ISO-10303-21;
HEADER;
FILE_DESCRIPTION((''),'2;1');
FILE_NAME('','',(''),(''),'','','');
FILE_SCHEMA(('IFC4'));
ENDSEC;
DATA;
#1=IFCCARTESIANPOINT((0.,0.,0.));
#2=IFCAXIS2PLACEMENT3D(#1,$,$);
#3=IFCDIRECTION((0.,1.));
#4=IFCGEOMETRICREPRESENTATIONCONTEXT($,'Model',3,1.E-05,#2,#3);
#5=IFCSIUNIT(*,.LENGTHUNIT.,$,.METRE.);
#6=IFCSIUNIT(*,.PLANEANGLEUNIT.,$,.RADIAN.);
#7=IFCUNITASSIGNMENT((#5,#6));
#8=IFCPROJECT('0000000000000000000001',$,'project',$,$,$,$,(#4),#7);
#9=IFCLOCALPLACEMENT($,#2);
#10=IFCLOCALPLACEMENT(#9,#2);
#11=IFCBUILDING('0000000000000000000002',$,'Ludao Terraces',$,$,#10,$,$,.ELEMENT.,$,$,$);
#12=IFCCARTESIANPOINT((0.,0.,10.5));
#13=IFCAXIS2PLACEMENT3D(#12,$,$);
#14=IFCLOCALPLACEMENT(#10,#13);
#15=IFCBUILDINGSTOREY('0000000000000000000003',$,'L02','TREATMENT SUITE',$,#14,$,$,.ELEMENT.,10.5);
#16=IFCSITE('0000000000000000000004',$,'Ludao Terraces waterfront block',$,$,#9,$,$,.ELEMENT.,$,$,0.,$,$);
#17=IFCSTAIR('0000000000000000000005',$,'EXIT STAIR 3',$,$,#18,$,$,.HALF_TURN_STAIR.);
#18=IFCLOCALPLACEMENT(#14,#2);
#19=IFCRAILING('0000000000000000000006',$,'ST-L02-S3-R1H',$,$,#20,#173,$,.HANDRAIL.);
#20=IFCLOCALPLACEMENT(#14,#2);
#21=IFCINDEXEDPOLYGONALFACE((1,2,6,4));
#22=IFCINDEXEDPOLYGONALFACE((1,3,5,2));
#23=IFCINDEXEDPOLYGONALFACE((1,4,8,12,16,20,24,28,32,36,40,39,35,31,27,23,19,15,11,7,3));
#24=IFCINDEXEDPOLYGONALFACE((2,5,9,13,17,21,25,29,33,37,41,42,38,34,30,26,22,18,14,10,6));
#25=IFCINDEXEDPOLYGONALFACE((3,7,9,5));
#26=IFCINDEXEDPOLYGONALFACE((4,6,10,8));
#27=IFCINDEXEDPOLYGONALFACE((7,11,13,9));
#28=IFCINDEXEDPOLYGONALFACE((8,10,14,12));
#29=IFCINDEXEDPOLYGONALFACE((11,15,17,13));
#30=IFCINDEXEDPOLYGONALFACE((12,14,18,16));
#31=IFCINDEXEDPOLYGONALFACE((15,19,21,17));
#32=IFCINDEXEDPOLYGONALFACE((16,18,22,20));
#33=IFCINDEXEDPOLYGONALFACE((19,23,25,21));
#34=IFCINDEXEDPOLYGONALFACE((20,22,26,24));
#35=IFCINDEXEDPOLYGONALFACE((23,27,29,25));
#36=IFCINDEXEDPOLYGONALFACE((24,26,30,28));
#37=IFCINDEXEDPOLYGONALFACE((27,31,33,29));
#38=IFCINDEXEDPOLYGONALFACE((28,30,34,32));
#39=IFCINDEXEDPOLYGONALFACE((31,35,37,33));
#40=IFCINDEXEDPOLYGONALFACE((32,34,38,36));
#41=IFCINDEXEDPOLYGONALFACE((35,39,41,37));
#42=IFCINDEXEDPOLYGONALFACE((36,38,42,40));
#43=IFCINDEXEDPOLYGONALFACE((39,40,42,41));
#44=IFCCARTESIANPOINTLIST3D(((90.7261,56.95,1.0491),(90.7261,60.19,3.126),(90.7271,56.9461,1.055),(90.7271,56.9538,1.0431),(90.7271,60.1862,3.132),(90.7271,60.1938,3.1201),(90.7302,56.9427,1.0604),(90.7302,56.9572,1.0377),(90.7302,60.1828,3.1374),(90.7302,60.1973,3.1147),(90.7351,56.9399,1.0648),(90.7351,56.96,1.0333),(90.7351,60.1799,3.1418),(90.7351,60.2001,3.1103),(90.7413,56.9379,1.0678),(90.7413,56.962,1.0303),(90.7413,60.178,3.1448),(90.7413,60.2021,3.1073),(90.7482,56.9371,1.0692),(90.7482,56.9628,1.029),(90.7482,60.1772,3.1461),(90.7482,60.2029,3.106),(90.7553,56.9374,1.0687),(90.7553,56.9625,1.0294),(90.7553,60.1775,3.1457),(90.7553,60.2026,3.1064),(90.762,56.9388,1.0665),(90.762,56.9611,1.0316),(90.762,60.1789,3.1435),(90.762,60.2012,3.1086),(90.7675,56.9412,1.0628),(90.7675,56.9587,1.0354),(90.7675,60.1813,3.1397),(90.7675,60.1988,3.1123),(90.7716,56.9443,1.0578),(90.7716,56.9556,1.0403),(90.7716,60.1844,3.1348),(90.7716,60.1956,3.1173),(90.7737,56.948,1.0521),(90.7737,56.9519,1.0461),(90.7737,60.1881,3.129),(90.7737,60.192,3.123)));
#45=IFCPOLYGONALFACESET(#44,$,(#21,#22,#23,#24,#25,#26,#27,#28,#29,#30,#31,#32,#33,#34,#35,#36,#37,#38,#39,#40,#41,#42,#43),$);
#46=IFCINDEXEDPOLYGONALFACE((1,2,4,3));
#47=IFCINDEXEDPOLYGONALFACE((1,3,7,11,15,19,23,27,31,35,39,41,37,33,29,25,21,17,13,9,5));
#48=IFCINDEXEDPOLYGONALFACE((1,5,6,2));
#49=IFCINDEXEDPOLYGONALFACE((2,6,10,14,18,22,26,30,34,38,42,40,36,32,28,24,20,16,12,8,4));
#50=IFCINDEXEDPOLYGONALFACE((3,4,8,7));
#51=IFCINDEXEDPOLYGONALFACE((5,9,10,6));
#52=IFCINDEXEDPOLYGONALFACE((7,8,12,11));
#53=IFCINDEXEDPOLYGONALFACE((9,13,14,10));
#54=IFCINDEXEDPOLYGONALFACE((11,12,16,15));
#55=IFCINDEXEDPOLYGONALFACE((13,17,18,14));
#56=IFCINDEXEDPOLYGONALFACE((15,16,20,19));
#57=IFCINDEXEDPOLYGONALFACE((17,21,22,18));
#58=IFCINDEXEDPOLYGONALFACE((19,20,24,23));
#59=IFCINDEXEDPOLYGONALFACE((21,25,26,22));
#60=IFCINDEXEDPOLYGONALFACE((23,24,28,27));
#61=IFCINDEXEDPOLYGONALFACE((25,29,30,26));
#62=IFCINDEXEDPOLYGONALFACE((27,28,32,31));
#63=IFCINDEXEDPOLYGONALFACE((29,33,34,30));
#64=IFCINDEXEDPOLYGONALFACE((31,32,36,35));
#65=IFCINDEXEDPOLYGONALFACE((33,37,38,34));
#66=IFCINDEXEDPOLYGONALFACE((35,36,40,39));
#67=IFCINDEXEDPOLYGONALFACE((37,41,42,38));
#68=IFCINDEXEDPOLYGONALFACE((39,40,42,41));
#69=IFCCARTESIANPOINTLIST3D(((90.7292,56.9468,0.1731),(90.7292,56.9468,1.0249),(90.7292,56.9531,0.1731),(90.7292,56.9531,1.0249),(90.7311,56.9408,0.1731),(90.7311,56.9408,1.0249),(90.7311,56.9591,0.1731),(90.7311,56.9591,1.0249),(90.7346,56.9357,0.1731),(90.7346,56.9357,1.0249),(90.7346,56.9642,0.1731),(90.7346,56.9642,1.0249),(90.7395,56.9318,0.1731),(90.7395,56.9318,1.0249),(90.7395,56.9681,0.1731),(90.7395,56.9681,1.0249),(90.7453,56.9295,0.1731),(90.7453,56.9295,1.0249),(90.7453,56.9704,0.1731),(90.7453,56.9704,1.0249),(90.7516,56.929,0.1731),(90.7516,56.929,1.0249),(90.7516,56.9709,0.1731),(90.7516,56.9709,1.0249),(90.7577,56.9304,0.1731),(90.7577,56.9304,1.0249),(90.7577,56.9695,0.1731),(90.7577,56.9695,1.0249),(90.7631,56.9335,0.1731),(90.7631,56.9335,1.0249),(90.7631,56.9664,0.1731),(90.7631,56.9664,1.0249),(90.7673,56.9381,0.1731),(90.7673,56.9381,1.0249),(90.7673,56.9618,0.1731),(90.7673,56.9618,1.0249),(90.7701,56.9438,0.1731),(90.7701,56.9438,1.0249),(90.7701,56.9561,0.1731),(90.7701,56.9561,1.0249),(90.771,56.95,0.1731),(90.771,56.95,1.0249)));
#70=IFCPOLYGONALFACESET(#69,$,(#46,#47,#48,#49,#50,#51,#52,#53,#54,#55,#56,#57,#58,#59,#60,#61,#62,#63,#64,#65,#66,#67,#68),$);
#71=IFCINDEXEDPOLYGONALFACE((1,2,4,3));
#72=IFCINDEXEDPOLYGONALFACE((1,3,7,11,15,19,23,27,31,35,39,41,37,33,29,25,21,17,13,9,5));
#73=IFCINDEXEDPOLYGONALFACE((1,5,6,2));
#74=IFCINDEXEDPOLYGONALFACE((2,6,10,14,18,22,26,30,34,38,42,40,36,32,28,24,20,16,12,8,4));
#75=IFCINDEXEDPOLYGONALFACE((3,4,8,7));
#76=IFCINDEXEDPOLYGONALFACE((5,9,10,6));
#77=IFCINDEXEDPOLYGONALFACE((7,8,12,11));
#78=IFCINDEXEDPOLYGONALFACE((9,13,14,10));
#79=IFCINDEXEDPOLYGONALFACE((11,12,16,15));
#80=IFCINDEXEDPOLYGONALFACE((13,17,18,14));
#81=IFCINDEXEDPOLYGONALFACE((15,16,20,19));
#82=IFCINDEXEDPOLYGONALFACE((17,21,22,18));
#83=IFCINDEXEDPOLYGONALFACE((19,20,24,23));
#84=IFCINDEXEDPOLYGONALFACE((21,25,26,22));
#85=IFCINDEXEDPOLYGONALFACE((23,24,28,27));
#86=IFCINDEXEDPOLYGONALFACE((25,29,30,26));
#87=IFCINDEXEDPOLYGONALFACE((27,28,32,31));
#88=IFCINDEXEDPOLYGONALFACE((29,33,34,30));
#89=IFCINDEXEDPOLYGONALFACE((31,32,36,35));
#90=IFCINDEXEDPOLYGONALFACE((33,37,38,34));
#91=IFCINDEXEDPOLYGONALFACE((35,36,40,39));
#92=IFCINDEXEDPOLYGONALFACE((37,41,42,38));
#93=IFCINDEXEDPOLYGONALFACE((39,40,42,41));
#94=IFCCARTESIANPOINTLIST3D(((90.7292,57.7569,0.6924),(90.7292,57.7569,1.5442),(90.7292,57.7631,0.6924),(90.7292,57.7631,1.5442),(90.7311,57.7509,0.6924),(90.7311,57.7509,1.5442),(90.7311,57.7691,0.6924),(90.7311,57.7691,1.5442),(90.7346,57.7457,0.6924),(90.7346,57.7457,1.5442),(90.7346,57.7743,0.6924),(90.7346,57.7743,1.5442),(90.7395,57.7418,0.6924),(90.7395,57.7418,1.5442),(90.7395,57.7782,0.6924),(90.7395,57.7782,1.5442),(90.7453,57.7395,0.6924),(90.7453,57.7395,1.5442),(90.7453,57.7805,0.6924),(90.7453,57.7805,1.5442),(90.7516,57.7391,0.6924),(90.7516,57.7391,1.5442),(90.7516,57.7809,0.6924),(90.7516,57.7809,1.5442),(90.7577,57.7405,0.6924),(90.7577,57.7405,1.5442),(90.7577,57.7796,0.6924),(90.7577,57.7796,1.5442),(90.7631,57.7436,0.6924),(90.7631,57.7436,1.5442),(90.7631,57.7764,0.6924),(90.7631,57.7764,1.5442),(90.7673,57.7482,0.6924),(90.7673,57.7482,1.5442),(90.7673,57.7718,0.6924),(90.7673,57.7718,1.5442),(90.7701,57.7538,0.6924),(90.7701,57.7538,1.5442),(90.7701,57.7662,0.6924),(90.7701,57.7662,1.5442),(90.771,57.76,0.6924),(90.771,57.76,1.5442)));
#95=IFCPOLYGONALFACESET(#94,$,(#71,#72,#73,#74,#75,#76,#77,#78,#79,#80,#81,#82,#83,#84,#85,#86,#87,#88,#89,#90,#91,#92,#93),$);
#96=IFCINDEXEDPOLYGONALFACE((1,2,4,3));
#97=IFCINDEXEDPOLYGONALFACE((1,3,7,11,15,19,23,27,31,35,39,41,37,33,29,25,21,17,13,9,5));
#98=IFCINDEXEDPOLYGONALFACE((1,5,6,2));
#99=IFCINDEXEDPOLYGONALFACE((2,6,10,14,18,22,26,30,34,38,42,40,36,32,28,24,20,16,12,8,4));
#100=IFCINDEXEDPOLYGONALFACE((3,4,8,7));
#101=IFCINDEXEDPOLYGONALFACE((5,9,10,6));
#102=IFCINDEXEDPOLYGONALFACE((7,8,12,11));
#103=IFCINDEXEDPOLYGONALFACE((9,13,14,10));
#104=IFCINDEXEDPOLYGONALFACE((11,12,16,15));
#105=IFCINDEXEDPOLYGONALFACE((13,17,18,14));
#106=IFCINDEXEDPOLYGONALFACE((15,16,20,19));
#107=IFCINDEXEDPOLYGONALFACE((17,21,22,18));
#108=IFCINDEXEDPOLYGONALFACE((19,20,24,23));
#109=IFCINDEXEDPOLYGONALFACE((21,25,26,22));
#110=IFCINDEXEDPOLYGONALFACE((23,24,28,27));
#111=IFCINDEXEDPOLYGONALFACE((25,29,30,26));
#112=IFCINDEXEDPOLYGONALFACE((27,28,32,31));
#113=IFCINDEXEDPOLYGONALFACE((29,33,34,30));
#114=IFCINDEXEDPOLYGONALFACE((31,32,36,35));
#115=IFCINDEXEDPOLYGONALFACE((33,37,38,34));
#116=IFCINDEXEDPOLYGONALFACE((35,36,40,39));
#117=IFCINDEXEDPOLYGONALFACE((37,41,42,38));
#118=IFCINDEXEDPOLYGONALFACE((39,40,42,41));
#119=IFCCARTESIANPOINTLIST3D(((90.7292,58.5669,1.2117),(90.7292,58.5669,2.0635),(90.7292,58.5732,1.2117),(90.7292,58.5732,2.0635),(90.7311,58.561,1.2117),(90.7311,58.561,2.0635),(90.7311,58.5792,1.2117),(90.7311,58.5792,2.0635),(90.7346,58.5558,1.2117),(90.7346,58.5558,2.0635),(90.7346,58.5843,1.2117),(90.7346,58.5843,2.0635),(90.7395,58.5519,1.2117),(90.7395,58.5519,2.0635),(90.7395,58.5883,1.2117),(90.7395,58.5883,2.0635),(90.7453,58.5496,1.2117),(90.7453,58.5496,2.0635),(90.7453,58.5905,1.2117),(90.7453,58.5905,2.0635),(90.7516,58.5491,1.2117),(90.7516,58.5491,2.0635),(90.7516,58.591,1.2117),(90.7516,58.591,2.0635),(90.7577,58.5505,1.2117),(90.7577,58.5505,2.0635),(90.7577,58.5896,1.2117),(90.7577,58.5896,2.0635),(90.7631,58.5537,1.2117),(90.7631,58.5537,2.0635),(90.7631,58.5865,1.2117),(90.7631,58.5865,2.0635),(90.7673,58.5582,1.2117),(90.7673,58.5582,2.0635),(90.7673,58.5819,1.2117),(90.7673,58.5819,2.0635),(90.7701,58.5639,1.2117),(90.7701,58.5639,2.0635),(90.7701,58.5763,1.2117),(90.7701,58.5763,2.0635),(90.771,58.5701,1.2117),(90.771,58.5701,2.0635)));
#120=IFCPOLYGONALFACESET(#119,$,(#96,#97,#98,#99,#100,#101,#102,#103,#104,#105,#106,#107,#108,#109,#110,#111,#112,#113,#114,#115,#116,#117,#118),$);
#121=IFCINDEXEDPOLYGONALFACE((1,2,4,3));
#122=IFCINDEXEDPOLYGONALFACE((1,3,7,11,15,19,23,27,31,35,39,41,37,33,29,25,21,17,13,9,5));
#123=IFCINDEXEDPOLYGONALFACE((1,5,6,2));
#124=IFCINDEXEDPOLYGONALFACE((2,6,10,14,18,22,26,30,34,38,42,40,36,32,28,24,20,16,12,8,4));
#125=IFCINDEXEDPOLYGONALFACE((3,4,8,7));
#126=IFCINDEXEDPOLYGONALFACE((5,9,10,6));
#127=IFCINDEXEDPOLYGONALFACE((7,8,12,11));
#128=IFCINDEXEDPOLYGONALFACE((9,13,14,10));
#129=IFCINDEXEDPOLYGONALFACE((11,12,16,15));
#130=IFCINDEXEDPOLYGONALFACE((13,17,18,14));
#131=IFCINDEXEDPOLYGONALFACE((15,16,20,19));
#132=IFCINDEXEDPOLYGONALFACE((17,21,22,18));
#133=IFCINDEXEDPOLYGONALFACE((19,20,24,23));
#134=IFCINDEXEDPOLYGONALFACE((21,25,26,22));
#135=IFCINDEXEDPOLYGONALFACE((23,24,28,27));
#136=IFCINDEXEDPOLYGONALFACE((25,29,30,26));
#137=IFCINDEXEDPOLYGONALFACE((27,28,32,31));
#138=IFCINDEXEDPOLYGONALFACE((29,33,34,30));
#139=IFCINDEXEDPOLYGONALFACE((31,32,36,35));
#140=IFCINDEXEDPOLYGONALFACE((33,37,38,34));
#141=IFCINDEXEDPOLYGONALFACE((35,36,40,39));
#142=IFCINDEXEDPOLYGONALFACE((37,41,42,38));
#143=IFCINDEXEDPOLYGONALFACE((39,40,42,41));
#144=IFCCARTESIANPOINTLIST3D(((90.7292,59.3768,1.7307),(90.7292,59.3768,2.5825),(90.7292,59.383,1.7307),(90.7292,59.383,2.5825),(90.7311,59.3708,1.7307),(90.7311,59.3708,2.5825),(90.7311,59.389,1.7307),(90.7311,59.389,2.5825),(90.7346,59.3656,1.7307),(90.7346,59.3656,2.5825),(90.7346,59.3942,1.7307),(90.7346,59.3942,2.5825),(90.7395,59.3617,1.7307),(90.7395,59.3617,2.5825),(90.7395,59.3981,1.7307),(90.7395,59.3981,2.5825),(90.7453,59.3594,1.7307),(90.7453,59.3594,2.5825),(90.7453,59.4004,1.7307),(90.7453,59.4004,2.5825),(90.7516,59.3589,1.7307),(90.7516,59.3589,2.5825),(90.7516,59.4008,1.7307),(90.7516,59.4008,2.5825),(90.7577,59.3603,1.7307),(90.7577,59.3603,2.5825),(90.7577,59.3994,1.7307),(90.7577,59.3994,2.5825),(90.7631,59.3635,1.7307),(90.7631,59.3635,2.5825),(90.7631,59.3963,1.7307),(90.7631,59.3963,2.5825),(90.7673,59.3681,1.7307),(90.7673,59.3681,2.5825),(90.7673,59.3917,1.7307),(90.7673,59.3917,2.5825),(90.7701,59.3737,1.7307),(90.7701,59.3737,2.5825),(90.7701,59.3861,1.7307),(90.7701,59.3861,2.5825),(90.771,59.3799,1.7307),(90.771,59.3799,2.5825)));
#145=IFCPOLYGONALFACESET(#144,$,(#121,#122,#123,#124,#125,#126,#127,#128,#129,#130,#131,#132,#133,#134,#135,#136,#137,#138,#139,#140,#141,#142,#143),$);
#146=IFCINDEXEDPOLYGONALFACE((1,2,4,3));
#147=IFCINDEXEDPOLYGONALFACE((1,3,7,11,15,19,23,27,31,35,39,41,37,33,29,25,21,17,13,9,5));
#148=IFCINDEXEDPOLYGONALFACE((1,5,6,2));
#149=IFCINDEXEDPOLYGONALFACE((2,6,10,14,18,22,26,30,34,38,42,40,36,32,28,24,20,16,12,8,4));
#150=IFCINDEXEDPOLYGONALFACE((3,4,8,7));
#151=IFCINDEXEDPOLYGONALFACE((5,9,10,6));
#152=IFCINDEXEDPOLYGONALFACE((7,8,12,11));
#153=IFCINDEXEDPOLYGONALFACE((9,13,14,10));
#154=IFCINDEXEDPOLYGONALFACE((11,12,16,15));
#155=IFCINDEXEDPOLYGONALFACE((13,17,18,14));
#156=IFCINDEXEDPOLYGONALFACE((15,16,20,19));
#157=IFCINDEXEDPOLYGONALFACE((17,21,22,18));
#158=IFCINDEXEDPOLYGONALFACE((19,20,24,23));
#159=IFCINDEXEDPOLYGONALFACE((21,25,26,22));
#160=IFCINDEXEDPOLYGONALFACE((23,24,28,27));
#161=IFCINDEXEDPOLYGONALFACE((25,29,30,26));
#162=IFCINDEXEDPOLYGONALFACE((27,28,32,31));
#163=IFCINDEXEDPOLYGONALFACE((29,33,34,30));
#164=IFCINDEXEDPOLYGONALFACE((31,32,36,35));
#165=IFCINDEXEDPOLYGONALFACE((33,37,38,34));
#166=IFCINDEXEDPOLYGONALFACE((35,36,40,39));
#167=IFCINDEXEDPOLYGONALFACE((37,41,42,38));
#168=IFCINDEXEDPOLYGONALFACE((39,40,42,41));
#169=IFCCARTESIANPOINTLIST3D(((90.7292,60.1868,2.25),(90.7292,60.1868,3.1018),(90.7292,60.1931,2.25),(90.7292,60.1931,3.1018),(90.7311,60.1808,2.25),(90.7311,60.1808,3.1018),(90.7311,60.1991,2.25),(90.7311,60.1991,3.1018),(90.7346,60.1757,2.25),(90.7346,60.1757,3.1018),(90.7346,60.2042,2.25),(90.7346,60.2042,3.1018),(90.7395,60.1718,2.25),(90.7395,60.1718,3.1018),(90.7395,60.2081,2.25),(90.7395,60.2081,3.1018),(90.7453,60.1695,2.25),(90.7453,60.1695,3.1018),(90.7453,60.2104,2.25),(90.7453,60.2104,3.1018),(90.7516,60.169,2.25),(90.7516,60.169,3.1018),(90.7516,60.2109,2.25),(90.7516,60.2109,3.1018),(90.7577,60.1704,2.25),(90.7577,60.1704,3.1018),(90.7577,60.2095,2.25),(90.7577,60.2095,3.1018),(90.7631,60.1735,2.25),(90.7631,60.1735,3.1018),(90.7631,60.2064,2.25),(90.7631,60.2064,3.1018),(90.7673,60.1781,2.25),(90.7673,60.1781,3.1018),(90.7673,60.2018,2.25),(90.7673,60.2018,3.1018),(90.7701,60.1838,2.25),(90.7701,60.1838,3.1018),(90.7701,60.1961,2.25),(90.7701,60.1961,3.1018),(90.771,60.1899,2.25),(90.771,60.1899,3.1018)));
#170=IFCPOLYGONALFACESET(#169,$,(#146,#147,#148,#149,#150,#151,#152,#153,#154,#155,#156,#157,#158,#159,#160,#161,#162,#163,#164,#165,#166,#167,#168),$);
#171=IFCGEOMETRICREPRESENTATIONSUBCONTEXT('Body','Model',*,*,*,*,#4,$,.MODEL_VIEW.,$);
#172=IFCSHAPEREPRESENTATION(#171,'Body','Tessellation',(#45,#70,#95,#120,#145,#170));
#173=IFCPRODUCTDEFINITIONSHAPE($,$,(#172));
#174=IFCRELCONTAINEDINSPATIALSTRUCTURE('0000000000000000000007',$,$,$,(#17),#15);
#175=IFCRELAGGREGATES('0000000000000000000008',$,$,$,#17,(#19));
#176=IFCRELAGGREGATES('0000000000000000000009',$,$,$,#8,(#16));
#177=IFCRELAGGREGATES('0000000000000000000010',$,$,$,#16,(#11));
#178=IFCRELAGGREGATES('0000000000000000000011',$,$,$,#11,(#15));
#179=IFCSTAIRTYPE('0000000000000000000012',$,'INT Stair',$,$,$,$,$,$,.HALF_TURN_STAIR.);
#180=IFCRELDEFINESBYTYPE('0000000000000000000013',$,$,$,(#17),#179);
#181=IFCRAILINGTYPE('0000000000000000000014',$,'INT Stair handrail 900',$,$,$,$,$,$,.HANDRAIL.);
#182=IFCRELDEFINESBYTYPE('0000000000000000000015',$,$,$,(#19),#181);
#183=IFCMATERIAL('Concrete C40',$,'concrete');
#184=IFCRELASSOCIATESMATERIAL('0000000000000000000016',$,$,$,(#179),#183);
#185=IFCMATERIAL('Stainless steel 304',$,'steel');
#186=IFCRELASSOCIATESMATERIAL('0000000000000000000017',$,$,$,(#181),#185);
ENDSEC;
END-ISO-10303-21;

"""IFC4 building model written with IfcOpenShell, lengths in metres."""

from ifc_helpers import new_model, si_unit, direction, frame, origin, origin_2d, place, context, subcontext, project, spatial, circle, extrude, material, type_object, element, aggregate, save


model = new_model("IFC4")

# Units and contexts
model_context = context("Model", 3, precision=1e-05, world=origin(), true_north=direction((0.0, 1.0)))
body_context = subcontext(model_context, "Body", "Model", "MODEL_VIEW")
ifc_project = project(units=[si_unit("LENGTHUNIT", "METRE"), si_unit("PLANEANGLEUNIT", "RADIAN")], contexts=[model_context])

# Site, building, storey
site_placement = place(None, origin())
site = spatial("IfcSite", under=ifc_project, at=site_placement, Name="Ludao Terraces waterfront block", CompositionType="ELEMENT", RefElevation=0.0)
building_placement = place(site_placement, origin())
building = spatial("IfcBuilding", under=site, at=building_placement, Name="Ludao Terraces", CompositionType="ELEMENT")
storey_placement = place(building_placement, frame((0.0, 0.0, 10.5)))
storey = spatial("IfcBuildingStorey", under=building, at=storey_placement, Name="L02", Description="TREATMENT SUITE", CompositionType="ELEMENT", Elevation=10.5)

# Stair, railing
ifc_material_1 = material(Name="Concrete C40", Category="concrete")
stair_type = type_object("IfcStairType", Name="INT Stair", PredefinedType="HALF_TURN_STAIR", material=ifc_material_1)
stair_placement = place(storey_placement, origin())
stair = element("IfcStair", 1, at=stair_placement, inside=storey, type_object=stair_type, Name="EXIT STAIR 3", PredefinedType="HALF_TURN_STAIR")
ifc_material_2 = material(Name="Stainless steel 304", Category="steel")
railing_type_1 = type_object("IfcRailingType", Name="INT Stair handrail 900", PredefinedType="HANDRAIL", material=ifc_material_2)
railing_1_placement = place(storey_placement, frame((90.75, 56.95, 0.1731)))
railing_1 = element("IfcRailing", 2, at=railing_1_placement, type_object=railing_type_1, Name="ST-L02-S3-R1H", PredefinedType="HANDRAIL", context=body_context, shape_type="SweptSolid", body=[
    extrude(circle(Radius=0.0239, at=origin_2d()), frame((0.0, 0.0, 0.876), z_axis=(0.0, 0.841881, 0.539664), x_axis=(-1.0, 0.0, 0.0)), (0.0, 0.0, 1.0), 3.8486),
    extrude(circle(Radius=0.021, at=origin_2d()), origin(), (0.0, 0.0, 1.0), 0.8518),
    extrude(circle(Radius=0.021, at=origin_2d()), frame((0.0, 0.8101, 0.5193)), (0.0, 0.0, 1.0), 0.8518),
    extrude(circle(Radius=0.021, at=origin_2d()), frame((0.0, 1.6201, 1.0386)), (0.0, 0.0, 1.0), 0.8518),
    extrude(circle(Radius=0.021, at=origin_2d()), frame((0.0, 2.4299, 1.5576)), (0.0, 0.0, 1.0), 0.8518),
    extrude(circle(Radius=0.021, at=origin_2d()), frame((0.0, 3.24, 2.0769)), (0.0, 0.0, 1.0), 0.8518),
])
aggregate(stair, [railing_1])

save(model, "model.ifc")
